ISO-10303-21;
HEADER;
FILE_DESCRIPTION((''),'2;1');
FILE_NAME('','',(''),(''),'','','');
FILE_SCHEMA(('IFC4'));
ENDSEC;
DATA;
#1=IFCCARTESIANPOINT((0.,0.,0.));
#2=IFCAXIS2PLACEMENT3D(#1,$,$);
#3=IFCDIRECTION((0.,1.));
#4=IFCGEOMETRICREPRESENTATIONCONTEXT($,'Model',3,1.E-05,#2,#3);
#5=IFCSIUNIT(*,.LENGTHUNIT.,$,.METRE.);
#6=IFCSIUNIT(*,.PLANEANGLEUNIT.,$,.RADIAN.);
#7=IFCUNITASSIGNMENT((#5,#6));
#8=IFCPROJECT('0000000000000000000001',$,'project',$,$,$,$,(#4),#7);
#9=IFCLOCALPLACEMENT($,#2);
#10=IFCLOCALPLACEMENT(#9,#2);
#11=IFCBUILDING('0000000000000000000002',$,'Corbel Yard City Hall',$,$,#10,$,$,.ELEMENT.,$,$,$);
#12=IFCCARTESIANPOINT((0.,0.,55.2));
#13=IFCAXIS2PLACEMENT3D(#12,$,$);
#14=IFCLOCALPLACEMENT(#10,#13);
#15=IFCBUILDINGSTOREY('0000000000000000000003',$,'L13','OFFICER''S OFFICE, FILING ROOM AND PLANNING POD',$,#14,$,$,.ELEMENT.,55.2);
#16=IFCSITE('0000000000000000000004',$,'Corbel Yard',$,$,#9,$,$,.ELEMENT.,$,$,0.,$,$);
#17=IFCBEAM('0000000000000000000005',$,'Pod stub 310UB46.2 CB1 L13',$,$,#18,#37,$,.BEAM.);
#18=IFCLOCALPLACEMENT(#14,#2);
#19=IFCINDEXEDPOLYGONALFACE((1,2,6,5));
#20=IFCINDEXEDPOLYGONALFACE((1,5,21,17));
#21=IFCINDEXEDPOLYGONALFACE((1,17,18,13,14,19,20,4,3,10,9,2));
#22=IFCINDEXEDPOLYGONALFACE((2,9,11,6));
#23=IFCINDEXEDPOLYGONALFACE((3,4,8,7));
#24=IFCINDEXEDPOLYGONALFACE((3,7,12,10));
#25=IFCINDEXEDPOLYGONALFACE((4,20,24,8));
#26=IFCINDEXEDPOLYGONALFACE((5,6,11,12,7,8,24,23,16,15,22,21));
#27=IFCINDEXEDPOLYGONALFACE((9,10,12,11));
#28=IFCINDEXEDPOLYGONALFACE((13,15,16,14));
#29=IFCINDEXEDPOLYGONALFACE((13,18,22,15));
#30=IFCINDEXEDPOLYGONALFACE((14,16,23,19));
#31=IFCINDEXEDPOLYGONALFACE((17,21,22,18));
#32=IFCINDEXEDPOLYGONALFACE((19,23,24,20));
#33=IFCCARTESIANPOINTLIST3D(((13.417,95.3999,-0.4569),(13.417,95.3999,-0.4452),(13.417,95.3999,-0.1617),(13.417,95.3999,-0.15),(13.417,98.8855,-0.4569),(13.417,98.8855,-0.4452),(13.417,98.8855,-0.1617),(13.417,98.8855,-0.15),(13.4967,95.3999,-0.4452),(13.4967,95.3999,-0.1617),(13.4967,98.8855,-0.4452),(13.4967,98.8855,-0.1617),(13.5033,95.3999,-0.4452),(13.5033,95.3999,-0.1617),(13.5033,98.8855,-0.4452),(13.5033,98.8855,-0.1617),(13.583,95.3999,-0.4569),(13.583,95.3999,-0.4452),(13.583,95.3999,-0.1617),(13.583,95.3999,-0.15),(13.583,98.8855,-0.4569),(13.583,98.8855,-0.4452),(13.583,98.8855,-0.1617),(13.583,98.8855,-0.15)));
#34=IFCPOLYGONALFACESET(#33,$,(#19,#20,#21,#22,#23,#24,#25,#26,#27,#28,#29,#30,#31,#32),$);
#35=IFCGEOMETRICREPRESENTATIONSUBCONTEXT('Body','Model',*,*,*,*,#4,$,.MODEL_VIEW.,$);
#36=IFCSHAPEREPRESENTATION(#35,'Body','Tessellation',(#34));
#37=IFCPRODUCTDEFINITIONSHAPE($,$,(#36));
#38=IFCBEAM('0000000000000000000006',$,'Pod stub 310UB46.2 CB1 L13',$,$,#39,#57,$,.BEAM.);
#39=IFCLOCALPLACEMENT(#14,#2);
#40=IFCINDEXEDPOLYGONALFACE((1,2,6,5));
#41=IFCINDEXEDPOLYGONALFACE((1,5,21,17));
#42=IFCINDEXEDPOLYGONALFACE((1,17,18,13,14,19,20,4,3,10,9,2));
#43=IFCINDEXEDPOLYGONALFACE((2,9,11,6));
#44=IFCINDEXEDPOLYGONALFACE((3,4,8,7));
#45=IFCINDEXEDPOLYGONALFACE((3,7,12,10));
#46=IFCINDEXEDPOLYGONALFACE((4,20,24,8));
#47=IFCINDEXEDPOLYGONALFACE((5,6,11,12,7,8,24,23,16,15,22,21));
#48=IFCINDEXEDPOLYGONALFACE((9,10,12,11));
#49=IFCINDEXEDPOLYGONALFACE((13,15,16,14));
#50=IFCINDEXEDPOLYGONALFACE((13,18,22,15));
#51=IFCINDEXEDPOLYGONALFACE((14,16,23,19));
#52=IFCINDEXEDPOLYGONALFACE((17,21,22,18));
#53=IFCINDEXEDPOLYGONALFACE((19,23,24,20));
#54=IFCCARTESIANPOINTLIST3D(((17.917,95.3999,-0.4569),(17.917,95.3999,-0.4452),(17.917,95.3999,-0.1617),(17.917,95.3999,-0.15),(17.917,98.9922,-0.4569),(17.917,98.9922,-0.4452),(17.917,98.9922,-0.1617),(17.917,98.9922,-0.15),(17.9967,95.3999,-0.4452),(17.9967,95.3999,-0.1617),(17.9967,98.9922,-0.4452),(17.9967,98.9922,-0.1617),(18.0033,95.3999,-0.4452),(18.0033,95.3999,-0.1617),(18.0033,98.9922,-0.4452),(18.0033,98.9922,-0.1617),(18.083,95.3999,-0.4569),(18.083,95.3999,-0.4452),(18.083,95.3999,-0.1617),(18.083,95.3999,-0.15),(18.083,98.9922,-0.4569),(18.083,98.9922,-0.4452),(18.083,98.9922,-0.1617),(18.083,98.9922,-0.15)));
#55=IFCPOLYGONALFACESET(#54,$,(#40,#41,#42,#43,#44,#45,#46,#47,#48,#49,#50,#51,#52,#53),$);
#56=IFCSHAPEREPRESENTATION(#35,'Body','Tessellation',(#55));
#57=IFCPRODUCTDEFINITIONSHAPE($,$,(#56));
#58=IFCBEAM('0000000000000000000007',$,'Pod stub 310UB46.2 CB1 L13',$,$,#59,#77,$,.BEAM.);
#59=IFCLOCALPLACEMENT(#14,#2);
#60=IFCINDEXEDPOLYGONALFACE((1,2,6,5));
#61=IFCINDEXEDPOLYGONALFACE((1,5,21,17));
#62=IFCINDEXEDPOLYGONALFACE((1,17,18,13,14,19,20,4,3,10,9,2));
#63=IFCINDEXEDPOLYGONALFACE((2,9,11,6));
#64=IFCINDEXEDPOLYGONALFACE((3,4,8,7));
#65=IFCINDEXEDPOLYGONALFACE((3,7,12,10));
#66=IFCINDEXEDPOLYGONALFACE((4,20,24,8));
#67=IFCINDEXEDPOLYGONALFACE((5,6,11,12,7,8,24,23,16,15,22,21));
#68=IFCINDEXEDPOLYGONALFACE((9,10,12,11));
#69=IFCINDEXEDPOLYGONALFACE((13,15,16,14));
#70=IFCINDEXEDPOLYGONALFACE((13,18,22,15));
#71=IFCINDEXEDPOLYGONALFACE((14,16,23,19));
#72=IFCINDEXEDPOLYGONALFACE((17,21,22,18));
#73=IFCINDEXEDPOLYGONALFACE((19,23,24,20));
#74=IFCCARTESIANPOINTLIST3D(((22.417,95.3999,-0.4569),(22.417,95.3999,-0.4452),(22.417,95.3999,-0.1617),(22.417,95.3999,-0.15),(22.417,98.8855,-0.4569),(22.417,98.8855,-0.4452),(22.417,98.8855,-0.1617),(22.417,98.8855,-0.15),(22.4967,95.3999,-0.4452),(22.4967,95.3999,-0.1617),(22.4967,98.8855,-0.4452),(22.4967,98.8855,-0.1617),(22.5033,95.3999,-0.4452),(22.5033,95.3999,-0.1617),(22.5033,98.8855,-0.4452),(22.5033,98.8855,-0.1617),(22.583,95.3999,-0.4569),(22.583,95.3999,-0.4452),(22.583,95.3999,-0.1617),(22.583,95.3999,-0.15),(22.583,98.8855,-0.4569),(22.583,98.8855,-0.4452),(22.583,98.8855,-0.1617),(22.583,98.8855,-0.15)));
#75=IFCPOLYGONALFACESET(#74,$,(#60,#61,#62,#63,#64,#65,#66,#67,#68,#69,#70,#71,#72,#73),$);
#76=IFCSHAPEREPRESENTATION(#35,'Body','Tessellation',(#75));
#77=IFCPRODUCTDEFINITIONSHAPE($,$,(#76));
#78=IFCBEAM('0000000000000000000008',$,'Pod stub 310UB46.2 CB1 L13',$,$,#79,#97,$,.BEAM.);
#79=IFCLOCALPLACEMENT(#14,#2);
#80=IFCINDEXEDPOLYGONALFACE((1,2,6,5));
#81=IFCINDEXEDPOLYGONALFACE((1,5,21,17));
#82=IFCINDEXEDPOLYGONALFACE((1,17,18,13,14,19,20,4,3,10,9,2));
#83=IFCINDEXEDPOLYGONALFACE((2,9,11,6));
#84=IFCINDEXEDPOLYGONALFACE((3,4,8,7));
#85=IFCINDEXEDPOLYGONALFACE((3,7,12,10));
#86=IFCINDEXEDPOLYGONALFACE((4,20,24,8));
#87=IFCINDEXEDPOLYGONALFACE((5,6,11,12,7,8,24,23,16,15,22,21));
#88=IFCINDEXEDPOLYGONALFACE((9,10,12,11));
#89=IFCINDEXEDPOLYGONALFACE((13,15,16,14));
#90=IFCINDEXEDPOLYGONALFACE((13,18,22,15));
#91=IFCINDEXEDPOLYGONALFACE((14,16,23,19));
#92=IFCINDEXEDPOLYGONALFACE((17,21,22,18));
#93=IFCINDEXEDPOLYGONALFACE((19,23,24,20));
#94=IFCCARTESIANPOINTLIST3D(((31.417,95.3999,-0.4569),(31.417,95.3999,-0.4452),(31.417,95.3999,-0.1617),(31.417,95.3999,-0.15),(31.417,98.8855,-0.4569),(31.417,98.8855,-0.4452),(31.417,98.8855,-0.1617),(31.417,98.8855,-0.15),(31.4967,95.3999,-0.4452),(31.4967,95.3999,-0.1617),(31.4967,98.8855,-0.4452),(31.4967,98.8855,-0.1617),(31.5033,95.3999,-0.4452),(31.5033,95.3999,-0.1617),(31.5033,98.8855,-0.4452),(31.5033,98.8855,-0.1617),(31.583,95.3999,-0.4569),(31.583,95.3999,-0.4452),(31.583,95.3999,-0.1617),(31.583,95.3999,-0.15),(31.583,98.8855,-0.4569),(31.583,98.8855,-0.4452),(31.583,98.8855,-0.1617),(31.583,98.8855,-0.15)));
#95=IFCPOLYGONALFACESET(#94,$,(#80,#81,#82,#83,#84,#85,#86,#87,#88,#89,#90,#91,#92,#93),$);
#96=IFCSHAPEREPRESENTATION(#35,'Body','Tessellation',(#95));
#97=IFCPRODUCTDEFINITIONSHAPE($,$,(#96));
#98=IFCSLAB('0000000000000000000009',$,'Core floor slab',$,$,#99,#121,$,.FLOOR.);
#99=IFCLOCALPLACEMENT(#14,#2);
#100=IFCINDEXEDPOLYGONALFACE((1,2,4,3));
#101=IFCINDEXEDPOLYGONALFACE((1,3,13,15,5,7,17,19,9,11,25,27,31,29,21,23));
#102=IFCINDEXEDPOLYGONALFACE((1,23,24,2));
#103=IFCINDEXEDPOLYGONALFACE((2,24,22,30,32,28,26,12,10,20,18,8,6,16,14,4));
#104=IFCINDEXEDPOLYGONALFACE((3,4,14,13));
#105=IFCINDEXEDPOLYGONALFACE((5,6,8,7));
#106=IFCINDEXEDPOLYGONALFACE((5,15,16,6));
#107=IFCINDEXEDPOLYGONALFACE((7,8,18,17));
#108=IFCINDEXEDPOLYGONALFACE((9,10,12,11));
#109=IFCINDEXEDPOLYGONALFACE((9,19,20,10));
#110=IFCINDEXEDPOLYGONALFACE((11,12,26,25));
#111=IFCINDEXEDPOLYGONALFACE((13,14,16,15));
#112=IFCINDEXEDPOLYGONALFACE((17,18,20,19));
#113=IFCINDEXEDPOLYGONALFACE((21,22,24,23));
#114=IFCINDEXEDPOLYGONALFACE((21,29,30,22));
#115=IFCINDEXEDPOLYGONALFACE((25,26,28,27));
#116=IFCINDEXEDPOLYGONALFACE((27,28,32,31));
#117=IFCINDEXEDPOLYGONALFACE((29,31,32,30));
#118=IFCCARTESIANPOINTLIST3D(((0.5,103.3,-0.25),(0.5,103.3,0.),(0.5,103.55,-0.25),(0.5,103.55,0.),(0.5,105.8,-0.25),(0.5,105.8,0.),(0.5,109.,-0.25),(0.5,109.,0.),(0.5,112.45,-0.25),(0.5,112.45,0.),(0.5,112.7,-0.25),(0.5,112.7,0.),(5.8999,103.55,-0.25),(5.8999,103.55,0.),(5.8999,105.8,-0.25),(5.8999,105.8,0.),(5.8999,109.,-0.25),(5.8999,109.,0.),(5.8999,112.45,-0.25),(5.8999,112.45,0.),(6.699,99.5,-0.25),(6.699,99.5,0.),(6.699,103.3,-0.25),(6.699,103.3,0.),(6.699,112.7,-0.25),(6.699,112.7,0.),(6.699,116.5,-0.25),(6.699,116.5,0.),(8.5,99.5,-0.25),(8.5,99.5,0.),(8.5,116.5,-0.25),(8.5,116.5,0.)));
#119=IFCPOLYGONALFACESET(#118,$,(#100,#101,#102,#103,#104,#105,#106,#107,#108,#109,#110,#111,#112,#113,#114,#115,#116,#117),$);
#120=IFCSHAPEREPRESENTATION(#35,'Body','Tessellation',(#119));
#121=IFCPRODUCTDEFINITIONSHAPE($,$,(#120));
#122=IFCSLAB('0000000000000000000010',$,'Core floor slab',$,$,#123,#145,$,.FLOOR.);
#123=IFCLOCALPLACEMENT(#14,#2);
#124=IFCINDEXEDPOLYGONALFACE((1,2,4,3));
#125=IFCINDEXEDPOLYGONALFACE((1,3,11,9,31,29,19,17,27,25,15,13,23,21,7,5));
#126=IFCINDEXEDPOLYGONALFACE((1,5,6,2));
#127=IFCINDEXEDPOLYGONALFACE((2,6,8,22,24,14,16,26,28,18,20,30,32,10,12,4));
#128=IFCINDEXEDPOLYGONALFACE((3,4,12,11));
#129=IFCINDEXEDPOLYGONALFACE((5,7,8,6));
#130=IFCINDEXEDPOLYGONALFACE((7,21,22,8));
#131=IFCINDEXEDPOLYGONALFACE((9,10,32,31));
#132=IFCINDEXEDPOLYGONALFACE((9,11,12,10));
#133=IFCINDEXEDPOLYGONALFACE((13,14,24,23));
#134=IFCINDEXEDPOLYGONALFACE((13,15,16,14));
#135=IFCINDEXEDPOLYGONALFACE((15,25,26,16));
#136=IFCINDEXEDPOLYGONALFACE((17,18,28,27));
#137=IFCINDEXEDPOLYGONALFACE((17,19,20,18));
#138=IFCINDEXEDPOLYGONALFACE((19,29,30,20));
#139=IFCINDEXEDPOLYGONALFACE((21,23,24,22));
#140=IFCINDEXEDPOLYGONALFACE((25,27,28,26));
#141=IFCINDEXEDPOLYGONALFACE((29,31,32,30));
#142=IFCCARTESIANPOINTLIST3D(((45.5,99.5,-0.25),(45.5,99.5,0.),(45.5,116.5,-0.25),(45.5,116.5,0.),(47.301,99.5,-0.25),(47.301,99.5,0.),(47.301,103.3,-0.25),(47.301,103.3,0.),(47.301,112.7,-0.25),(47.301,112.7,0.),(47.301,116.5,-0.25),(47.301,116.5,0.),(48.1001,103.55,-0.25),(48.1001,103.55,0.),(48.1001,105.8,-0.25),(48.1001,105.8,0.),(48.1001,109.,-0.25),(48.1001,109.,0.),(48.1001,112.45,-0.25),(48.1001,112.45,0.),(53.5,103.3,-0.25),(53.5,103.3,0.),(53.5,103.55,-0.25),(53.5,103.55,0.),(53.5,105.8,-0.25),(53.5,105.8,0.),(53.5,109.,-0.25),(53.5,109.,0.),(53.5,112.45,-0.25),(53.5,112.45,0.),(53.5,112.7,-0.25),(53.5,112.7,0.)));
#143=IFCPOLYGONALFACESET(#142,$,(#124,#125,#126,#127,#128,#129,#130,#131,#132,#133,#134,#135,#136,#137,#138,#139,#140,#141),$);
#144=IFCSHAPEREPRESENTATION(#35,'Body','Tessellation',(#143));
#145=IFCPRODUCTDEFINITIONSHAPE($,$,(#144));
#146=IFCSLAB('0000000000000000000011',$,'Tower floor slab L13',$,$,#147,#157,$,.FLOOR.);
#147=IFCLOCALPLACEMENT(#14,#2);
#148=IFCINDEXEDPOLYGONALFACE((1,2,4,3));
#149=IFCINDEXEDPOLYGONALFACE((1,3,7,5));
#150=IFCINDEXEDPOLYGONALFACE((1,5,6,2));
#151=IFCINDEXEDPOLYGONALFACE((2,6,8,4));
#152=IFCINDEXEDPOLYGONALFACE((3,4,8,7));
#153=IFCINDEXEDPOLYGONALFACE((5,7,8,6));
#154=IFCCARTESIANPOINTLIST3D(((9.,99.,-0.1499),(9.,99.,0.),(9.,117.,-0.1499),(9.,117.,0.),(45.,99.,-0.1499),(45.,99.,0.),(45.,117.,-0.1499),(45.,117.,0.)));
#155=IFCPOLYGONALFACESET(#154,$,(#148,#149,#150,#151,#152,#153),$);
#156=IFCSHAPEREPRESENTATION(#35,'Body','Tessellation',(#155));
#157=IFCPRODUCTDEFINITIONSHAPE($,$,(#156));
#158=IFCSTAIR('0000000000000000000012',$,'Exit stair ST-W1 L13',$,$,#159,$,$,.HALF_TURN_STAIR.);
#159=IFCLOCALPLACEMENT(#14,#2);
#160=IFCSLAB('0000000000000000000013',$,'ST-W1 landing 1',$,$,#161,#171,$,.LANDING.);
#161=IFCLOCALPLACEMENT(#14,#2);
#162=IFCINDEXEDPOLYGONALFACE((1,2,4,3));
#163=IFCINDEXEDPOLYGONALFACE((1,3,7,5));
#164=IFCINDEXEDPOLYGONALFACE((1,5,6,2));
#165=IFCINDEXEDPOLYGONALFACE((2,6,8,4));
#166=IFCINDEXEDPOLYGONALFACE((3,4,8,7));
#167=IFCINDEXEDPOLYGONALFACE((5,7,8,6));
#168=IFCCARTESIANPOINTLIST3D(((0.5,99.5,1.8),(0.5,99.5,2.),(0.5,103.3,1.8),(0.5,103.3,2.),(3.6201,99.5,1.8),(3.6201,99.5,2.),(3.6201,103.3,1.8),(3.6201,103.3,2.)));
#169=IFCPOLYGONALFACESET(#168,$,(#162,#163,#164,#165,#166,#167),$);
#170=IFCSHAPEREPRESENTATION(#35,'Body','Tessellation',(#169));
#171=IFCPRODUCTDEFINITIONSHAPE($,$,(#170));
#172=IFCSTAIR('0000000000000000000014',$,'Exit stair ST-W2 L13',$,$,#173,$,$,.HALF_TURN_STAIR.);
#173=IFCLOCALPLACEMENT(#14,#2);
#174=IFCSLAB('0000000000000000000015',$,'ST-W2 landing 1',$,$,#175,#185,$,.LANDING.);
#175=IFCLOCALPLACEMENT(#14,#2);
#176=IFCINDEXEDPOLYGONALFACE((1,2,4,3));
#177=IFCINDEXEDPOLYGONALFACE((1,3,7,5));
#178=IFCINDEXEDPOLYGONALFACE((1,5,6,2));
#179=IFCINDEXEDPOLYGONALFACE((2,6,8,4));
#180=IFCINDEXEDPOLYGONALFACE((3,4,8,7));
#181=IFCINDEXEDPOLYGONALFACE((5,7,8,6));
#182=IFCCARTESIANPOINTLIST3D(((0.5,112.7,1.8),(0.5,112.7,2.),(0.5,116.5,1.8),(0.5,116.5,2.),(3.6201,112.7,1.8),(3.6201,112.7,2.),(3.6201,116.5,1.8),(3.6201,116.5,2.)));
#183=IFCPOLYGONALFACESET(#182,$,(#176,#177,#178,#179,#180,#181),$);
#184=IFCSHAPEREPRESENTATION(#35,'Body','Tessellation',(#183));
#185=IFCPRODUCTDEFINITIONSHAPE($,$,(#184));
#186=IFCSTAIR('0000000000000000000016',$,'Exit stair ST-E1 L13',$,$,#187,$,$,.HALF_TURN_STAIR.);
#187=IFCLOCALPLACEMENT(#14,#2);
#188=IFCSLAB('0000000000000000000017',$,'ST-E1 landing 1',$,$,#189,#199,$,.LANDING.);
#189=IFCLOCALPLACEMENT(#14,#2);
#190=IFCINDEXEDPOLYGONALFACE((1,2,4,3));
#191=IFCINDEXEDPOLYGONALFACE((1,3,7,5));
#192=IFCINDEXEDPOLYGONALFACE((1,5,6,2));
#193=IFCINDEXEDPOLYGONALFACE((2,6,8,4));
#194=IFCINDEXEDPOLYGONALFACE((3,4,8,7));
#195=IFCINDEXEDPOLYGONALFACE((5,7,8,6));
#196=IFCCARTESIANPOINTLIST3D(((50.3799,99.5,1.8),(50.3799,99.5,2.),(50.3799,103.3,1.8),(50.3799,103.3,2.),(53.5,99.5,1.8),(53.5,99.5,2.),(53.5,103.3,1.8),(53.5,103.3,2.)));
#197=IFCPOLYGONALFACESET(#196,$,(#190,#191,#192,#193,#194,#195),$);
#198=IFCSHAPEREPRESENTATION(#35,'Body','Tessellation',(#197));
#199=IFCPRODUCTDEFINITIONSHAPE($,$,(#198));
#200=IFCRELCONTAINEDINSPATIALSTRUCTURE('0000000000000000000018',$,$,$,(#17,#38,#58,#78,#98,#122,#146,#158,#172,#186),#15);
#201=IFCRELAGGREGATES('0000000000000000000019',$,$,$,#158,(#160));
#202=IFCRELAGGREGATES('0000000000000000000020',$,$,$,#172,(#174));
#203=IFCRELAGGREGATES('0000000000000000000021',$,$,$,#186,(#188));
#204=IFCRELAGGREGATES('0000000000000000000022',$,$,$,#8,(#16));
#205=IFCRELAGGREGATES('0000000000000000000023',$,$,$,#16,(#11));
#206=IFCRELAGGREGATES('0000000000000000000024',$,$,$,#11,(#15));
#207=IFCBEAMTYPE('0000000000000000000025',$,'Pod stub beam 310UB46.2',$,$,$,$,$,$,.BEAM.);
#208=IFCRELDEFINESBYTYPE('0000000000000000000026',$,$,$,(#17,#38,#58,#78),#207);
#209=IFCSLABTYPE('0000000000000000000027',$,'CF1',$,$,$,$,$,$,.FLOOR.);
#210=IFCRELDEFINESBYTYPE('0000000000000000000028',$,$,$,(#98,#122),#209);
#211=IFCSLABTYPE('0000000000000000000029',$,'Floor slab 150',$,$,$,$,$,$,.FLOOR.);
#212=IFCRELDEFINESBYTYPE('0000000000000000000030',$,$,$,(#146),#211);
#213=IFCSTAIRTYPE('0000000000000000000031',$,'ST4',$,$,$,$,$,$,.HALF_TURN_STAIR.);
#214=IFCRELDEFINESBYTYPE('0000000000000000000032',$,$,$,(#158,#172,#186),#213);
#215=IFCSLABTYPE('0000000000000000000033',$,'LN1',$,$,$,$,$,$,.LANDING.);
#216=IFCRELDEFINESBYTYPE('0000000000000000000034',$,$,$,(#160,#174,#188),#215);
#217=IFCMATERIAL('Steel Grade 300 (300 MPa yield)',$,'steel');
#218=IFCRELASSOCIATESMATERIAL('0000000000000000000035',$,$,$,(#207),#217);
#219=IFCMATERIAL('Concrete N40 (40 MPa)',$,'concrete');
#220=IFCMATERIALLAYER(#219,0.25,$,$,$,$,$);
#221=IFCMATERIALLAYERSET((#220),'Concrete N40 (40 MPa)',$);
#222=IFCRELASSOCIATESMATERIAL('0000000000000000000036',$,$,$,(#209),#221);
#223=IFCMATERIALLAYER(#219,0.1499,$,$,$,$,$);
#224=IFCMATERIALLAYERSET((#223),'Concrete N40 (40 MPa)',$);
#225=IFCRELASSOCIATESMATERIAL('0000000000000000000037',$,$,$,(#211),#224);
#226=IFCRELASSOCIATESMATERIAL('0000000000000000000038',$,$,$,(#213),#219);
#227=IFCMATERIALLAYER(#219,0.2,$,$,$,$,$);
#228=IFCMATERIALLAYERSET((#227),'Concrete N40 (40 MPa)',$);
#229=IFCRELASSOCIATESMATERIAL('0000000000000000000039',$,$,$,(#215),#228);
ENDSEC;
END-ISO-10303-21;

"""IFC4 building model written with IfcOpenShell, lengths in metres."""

from ifc_helpers import new_model, si_unit, direction, frame, origin, origin_2d, place, context, subcontext, project, spatial, polyline, i_section, outline, extrude, material, layer, layer_set, material_profile, profile_set, type_object, element, aggregate, save


model = new_model("IFC4")

# Units and contexts
model_context = context("Model", 3, precision=1e-05, world=origin(), true_north=direction((0.0, 1.0)))
body_context = subcontext(model_context, "Body", "Model", "MODEL_VIEW")
ifc_project = project(units=[si_unit("LENGTHUNIT", "METRE"), si_unit("PLANEANGLEUNIT", "RADIAN")], contexts=[model_context])

# Site, building, storey
site_placement = place(None, origin())
site = spatial("IfcSite", under=ifc_project, at=site_placement, Name="Corbel Yard", CompositionType="ELEMENT", RefElevation=0.0)
building_placement = place(site_placement, origin())
building = spatial("IfcBuilding", under=site, at=building_placement, Name="Corbel Yard City Hall", CompositionType="ELEMENT")
storey_placement = place(building_placement, frame((0.0, 0.0, 55.2)))
storey = spatial("IfcBuildingStorey", under=building, at=storey_placement, Name="L13", Description="OFFICER'S OFFICE, FILING ROOM AND PLANNING POD", CompositionType="ELEMENT", Elevation=55.2)

# Beams
ifc_material_1 = material(Name="Steel Grade 300 (300 MPa yield)", Category="steel")
ifc_material_profile = material_profile(ifc_material_1, i_section(OverallWidth=0.166, OverallDepth=0.3069, WebThickness=0.0066, FlangeThickness=0.0117, at=origin_2d()), Name="310UB46.2")
ifc_profile_set = profile_set([ifc_material_profile], Name="Steel Grade 300 (300 MPa yield)")
beam_type = type_object("IfcBeamType", Name="Pod stub beam 310UB46.2", PredefinedType="BEAM", material=ifc_profile_set)
beam_1_placement = place(storey_placement, frame((13.5, 95.3999, -0.3035), z_axis=(0.0, 1.0, 0.0), x_axis=(-1.0, 0.0, 0.0)))
element("IfcBeam", 1, at=beam_1_placement, inside=storey, type_object=beam_type, Name="Pod stub 310UB46.2 CB1 L13", PredefinedType="BEAM", context=body_context, shape_type="SweptSolid", body=[
    extrude(i_section(OverallWidth=0.166, OverallDepth=0.3069, WebThickness=0.0066, FlangeThickness=0.0117, at=origin_2d()), origin(), (0.0, 0.0, 1.0), 3.4856),
])
beam_2_placement = place(storey_placement, frame((18.0, 95.3999, -0.3035), z_axis=(0.0, 1.0, 0.0), x_axis=(-1.0, 0.0, 0.0)))
element("IfcBeam", 2, at=beam_2_placement, inside=storey, type_object=beam_type, Name="Pod stub 310UB46.2 CB1 L13", PredefinedType="BEAM", context=body_context, shape_type="SweptSolid", body=[
    extrude(i_section(OverallWidth=0.166, OverallDepth=0.3069, WebThickness=0.0066, FlangeThickness=0.0117, at=origin_2d()), origin(), (0.0, 0.0, 1.0), 3.5923),
])
for number, where, z_axis, x_axis, name in (
    (3, (22.5, 95.3999, -0.3035), (0.0, 1.0, 0.0), (-1.0, 0.0, 0.0), "Pod stub 310UB46.2 CB1 L13"),
    (4, (31.5, 95.3999, -0.3035), (0.0, 1.0, 0.0), (-1.0, 0.0, 0.0), "Pod stub 310UB46.2 CB1 L13"),
):
    element("IfcBeam", number, at=place(storey_placement, frame(where, z_axis=z_axis, x_axis=x_axis)), inside=storey, type_object=beam_type, Name=name, PredefinedType="BEAM", context=body_context, shape_type="SweptSolid", body=[
        extrude(i_section(OverallWidth=0.166, OverallDepth=0.3069, WebThickness=0.0066, FlangeThickness=0.0117, at=origin_2d()), origin(), (0.0, 0.0, 1.0), 3.4856),
    ])

# Slabs
ifc_material_2 = material(Name="Concrete N40 (40 MPa)", Category="concrete")
ifc_layer_1 = layer(ifc_material_2, 0.25)
ifc_layer_set_1 = layer_set([ifc_layer_1], Name="Concrete N40 (40 MPa)")
slab_type_1 = type_object("IfcSlabType", Name="CF1", PredefinedType="FLOOR", material=ifc_layer_set_1)
slab_1_placement = place(storey_placement, frame((0.0, 0.0, -0.25)))
element("IfcSlab", 5, at=slab_1_placement, inside=storey, type_object=slab_type_1, Name="Core floor slab", PredefinedType="FLOOR", context=body_context, shape_type="SweptSolid", body=[
    extrude(outline(polyline([(8.5, 116.5), (6.699, 116.5), (6.699, 112.7), (0.5, 112.7), (0.5, 112.45), (5.8999, 112.45), (5.8999, 109.0), (0.5, 109.0), (0.5, 105.8), (5.8999, 105.8), (5.8999, 103.55), (0.5, 103.55), (0.5, 103.3), (6.699, 103.3), (6.699, 99.5), (8.5, 99.5), (8.5, 116.5)])), origin(), (0.0, 0.0, 1.0), 0.25),
])
slab_2_placement = place(storey_placement, frame((0.0, 0.0, -0.25)))
element("IfcSlab", 6, at=slab_2_placement, inside=storey, type_object=slab_type_1, Name="Core floor slab", PredefinedType="FLOOR", context=body_context, shape_type="SweptSolid", body=[
    extrude(outline(polyline([(53.5, 103.3), (53.5, 103.55), (48.1001, 103.55), (48.1001, 105.8), (53.5, 105.8), (53.5, 109.0), (48.1001, 109.0), (48.1001, 112.45), (53.5, 112.45), (53.5, 112.7), (47.301, 112.7), (47.301, 116.5), (45.5, 116.5), (45.5, 99.5), (47.301, 99.5), (47.301, 103.3), (53.5, 103.3)])), origin(), (0.0, 0.0, 1.0), 0.25),
])
ifc_layer_2 = layer(ifc_material_2, 0.1499)
ifc_layer_set_2 = layer_set([ifc_layer_2], Name="Concrete N40 (40 MPa)")
slab_type_2 = type_object("IfcSlabType", Name="Floor slab 150", PredefinedType="FLOOR", material=ifc_layer_set_2)
slab_3_placement = place(storey_placement, frame((0.0, 0.0, -0.1499)))
element("IfcSlab", 7, at=slab_3_placement, inside=storey, type_object=slab_type_2, Name="Tower floor slab L13", PredefinedType="FLOOR", context=body_context, shape_type="SweptSolid", body=[
    extrude(outline(polyline([(45.0, 99.0), (45.0, 117.0), (9.0, 117.0), (9.0, 99.0), (45.0, 99.0)])), origin(), (0.0, 0.0, 1.0), 0.1499),
])

# Stairs, slabs
stair_type = type_object("IfcStairType", Name="ST4", PredefinedType="HALF_TURN_STAIR", material=ifc_material_2)
stair_1_placement = place(storey_placement, origin())
stair_1 = element("IfcStair", 8, at=stair_1_placement, inside=storey, type_object=stair_type, Name="Exit stair ST-W1 L13", PredefinedType="HALF_TURN_STAIR")
ifc_layer_3 = layer(ifc_material_2, 0.2)
ifc_layer_set_3 = layer_set([ifc_layer_3], Name="Concrete N40 (40 MPa)")
slab_type_3 = type_object("IfcSlabType", Name="LN1", PredefinedType="LANDING", material=ifc_layer_set_3)
slab_4_placement = place(storey_placement, frame((0.0, 0.0, 1.8)))
slab_4 = element("IfcSlab", 9, at=slab_4_placement, type_object=slab_type_3, Name="ST-W1 landing 1", PredefinedType="LANDING", context=body_context, shape_type="SweptSolid", body=[
    extrude(outline(polyline([(0.5, 99.5), (3.6201, 99.5), (3.6201, 103.3), (0.5, 103.3), (0.5, 99.5)])), origin(), (0.0, 0.0, 1.0), 0.2),
])
aggregate(stair_1, [slab_4])
stair_2_placement = place(storey_placement, origin())
stair_2 = element("IfcStair", 10, at=stair_2_placement, inside=storey, type_object=stair_type, Name="Exit stair ST-W2 L13", PredefinedType="HALF_TURN_STAIR")
slab_5_placement = place(storey_placement, frame((0.0, 0.0, 1.8)))
slab_5 = element("IfcSlab", 11, at=slab_5_placement, type_object=slab_type_3, Name="ST-W2 landing 1", PredefinedType="LANDING", context=body_context, shape_type="SweptSolid", body=[
    extrude(outline(polyline([(0.5, 112.7), (3.6201, 112.7), (3.6201, 116.5), (0.5, 116.5), (0.5, 112.7)])), origin(), (0.0, 0.0, 1.0), 0.2),
])
aggregate(stair_2, [slab_5])
stair_3_placement = place(storey_placement, origin())
stair_3 = element("IfcStair", 12, at=stair_3_placement, inside=storey, type_object=stair_type, Name="Exit stair ST-E1 L13", PredefinedType="HALF_TURN_STAIR")
slab_6_placement = place(storey_placement, frame((0.0, 0.0, 1.8)))
slab_6 = element("IfcSlab", 13, at=slab_6_placement, type_object=slab_type_3, Name="ST-E1 landing 1", PredefinedType="LANDING", context=body_context, shape_type="SweptSolid", body=[
    extrude(outline(polyline([(50.3799, 99.5), (53.5, 99.5), (53.5, 103.3), (50.3799, 103.3), (50.3799, 99.5)])), origin(), (0.0, 0.0, 1.0), 0.2),
])
aggregate(stair_3, [slab_6])

save(model, "model.ifc")
